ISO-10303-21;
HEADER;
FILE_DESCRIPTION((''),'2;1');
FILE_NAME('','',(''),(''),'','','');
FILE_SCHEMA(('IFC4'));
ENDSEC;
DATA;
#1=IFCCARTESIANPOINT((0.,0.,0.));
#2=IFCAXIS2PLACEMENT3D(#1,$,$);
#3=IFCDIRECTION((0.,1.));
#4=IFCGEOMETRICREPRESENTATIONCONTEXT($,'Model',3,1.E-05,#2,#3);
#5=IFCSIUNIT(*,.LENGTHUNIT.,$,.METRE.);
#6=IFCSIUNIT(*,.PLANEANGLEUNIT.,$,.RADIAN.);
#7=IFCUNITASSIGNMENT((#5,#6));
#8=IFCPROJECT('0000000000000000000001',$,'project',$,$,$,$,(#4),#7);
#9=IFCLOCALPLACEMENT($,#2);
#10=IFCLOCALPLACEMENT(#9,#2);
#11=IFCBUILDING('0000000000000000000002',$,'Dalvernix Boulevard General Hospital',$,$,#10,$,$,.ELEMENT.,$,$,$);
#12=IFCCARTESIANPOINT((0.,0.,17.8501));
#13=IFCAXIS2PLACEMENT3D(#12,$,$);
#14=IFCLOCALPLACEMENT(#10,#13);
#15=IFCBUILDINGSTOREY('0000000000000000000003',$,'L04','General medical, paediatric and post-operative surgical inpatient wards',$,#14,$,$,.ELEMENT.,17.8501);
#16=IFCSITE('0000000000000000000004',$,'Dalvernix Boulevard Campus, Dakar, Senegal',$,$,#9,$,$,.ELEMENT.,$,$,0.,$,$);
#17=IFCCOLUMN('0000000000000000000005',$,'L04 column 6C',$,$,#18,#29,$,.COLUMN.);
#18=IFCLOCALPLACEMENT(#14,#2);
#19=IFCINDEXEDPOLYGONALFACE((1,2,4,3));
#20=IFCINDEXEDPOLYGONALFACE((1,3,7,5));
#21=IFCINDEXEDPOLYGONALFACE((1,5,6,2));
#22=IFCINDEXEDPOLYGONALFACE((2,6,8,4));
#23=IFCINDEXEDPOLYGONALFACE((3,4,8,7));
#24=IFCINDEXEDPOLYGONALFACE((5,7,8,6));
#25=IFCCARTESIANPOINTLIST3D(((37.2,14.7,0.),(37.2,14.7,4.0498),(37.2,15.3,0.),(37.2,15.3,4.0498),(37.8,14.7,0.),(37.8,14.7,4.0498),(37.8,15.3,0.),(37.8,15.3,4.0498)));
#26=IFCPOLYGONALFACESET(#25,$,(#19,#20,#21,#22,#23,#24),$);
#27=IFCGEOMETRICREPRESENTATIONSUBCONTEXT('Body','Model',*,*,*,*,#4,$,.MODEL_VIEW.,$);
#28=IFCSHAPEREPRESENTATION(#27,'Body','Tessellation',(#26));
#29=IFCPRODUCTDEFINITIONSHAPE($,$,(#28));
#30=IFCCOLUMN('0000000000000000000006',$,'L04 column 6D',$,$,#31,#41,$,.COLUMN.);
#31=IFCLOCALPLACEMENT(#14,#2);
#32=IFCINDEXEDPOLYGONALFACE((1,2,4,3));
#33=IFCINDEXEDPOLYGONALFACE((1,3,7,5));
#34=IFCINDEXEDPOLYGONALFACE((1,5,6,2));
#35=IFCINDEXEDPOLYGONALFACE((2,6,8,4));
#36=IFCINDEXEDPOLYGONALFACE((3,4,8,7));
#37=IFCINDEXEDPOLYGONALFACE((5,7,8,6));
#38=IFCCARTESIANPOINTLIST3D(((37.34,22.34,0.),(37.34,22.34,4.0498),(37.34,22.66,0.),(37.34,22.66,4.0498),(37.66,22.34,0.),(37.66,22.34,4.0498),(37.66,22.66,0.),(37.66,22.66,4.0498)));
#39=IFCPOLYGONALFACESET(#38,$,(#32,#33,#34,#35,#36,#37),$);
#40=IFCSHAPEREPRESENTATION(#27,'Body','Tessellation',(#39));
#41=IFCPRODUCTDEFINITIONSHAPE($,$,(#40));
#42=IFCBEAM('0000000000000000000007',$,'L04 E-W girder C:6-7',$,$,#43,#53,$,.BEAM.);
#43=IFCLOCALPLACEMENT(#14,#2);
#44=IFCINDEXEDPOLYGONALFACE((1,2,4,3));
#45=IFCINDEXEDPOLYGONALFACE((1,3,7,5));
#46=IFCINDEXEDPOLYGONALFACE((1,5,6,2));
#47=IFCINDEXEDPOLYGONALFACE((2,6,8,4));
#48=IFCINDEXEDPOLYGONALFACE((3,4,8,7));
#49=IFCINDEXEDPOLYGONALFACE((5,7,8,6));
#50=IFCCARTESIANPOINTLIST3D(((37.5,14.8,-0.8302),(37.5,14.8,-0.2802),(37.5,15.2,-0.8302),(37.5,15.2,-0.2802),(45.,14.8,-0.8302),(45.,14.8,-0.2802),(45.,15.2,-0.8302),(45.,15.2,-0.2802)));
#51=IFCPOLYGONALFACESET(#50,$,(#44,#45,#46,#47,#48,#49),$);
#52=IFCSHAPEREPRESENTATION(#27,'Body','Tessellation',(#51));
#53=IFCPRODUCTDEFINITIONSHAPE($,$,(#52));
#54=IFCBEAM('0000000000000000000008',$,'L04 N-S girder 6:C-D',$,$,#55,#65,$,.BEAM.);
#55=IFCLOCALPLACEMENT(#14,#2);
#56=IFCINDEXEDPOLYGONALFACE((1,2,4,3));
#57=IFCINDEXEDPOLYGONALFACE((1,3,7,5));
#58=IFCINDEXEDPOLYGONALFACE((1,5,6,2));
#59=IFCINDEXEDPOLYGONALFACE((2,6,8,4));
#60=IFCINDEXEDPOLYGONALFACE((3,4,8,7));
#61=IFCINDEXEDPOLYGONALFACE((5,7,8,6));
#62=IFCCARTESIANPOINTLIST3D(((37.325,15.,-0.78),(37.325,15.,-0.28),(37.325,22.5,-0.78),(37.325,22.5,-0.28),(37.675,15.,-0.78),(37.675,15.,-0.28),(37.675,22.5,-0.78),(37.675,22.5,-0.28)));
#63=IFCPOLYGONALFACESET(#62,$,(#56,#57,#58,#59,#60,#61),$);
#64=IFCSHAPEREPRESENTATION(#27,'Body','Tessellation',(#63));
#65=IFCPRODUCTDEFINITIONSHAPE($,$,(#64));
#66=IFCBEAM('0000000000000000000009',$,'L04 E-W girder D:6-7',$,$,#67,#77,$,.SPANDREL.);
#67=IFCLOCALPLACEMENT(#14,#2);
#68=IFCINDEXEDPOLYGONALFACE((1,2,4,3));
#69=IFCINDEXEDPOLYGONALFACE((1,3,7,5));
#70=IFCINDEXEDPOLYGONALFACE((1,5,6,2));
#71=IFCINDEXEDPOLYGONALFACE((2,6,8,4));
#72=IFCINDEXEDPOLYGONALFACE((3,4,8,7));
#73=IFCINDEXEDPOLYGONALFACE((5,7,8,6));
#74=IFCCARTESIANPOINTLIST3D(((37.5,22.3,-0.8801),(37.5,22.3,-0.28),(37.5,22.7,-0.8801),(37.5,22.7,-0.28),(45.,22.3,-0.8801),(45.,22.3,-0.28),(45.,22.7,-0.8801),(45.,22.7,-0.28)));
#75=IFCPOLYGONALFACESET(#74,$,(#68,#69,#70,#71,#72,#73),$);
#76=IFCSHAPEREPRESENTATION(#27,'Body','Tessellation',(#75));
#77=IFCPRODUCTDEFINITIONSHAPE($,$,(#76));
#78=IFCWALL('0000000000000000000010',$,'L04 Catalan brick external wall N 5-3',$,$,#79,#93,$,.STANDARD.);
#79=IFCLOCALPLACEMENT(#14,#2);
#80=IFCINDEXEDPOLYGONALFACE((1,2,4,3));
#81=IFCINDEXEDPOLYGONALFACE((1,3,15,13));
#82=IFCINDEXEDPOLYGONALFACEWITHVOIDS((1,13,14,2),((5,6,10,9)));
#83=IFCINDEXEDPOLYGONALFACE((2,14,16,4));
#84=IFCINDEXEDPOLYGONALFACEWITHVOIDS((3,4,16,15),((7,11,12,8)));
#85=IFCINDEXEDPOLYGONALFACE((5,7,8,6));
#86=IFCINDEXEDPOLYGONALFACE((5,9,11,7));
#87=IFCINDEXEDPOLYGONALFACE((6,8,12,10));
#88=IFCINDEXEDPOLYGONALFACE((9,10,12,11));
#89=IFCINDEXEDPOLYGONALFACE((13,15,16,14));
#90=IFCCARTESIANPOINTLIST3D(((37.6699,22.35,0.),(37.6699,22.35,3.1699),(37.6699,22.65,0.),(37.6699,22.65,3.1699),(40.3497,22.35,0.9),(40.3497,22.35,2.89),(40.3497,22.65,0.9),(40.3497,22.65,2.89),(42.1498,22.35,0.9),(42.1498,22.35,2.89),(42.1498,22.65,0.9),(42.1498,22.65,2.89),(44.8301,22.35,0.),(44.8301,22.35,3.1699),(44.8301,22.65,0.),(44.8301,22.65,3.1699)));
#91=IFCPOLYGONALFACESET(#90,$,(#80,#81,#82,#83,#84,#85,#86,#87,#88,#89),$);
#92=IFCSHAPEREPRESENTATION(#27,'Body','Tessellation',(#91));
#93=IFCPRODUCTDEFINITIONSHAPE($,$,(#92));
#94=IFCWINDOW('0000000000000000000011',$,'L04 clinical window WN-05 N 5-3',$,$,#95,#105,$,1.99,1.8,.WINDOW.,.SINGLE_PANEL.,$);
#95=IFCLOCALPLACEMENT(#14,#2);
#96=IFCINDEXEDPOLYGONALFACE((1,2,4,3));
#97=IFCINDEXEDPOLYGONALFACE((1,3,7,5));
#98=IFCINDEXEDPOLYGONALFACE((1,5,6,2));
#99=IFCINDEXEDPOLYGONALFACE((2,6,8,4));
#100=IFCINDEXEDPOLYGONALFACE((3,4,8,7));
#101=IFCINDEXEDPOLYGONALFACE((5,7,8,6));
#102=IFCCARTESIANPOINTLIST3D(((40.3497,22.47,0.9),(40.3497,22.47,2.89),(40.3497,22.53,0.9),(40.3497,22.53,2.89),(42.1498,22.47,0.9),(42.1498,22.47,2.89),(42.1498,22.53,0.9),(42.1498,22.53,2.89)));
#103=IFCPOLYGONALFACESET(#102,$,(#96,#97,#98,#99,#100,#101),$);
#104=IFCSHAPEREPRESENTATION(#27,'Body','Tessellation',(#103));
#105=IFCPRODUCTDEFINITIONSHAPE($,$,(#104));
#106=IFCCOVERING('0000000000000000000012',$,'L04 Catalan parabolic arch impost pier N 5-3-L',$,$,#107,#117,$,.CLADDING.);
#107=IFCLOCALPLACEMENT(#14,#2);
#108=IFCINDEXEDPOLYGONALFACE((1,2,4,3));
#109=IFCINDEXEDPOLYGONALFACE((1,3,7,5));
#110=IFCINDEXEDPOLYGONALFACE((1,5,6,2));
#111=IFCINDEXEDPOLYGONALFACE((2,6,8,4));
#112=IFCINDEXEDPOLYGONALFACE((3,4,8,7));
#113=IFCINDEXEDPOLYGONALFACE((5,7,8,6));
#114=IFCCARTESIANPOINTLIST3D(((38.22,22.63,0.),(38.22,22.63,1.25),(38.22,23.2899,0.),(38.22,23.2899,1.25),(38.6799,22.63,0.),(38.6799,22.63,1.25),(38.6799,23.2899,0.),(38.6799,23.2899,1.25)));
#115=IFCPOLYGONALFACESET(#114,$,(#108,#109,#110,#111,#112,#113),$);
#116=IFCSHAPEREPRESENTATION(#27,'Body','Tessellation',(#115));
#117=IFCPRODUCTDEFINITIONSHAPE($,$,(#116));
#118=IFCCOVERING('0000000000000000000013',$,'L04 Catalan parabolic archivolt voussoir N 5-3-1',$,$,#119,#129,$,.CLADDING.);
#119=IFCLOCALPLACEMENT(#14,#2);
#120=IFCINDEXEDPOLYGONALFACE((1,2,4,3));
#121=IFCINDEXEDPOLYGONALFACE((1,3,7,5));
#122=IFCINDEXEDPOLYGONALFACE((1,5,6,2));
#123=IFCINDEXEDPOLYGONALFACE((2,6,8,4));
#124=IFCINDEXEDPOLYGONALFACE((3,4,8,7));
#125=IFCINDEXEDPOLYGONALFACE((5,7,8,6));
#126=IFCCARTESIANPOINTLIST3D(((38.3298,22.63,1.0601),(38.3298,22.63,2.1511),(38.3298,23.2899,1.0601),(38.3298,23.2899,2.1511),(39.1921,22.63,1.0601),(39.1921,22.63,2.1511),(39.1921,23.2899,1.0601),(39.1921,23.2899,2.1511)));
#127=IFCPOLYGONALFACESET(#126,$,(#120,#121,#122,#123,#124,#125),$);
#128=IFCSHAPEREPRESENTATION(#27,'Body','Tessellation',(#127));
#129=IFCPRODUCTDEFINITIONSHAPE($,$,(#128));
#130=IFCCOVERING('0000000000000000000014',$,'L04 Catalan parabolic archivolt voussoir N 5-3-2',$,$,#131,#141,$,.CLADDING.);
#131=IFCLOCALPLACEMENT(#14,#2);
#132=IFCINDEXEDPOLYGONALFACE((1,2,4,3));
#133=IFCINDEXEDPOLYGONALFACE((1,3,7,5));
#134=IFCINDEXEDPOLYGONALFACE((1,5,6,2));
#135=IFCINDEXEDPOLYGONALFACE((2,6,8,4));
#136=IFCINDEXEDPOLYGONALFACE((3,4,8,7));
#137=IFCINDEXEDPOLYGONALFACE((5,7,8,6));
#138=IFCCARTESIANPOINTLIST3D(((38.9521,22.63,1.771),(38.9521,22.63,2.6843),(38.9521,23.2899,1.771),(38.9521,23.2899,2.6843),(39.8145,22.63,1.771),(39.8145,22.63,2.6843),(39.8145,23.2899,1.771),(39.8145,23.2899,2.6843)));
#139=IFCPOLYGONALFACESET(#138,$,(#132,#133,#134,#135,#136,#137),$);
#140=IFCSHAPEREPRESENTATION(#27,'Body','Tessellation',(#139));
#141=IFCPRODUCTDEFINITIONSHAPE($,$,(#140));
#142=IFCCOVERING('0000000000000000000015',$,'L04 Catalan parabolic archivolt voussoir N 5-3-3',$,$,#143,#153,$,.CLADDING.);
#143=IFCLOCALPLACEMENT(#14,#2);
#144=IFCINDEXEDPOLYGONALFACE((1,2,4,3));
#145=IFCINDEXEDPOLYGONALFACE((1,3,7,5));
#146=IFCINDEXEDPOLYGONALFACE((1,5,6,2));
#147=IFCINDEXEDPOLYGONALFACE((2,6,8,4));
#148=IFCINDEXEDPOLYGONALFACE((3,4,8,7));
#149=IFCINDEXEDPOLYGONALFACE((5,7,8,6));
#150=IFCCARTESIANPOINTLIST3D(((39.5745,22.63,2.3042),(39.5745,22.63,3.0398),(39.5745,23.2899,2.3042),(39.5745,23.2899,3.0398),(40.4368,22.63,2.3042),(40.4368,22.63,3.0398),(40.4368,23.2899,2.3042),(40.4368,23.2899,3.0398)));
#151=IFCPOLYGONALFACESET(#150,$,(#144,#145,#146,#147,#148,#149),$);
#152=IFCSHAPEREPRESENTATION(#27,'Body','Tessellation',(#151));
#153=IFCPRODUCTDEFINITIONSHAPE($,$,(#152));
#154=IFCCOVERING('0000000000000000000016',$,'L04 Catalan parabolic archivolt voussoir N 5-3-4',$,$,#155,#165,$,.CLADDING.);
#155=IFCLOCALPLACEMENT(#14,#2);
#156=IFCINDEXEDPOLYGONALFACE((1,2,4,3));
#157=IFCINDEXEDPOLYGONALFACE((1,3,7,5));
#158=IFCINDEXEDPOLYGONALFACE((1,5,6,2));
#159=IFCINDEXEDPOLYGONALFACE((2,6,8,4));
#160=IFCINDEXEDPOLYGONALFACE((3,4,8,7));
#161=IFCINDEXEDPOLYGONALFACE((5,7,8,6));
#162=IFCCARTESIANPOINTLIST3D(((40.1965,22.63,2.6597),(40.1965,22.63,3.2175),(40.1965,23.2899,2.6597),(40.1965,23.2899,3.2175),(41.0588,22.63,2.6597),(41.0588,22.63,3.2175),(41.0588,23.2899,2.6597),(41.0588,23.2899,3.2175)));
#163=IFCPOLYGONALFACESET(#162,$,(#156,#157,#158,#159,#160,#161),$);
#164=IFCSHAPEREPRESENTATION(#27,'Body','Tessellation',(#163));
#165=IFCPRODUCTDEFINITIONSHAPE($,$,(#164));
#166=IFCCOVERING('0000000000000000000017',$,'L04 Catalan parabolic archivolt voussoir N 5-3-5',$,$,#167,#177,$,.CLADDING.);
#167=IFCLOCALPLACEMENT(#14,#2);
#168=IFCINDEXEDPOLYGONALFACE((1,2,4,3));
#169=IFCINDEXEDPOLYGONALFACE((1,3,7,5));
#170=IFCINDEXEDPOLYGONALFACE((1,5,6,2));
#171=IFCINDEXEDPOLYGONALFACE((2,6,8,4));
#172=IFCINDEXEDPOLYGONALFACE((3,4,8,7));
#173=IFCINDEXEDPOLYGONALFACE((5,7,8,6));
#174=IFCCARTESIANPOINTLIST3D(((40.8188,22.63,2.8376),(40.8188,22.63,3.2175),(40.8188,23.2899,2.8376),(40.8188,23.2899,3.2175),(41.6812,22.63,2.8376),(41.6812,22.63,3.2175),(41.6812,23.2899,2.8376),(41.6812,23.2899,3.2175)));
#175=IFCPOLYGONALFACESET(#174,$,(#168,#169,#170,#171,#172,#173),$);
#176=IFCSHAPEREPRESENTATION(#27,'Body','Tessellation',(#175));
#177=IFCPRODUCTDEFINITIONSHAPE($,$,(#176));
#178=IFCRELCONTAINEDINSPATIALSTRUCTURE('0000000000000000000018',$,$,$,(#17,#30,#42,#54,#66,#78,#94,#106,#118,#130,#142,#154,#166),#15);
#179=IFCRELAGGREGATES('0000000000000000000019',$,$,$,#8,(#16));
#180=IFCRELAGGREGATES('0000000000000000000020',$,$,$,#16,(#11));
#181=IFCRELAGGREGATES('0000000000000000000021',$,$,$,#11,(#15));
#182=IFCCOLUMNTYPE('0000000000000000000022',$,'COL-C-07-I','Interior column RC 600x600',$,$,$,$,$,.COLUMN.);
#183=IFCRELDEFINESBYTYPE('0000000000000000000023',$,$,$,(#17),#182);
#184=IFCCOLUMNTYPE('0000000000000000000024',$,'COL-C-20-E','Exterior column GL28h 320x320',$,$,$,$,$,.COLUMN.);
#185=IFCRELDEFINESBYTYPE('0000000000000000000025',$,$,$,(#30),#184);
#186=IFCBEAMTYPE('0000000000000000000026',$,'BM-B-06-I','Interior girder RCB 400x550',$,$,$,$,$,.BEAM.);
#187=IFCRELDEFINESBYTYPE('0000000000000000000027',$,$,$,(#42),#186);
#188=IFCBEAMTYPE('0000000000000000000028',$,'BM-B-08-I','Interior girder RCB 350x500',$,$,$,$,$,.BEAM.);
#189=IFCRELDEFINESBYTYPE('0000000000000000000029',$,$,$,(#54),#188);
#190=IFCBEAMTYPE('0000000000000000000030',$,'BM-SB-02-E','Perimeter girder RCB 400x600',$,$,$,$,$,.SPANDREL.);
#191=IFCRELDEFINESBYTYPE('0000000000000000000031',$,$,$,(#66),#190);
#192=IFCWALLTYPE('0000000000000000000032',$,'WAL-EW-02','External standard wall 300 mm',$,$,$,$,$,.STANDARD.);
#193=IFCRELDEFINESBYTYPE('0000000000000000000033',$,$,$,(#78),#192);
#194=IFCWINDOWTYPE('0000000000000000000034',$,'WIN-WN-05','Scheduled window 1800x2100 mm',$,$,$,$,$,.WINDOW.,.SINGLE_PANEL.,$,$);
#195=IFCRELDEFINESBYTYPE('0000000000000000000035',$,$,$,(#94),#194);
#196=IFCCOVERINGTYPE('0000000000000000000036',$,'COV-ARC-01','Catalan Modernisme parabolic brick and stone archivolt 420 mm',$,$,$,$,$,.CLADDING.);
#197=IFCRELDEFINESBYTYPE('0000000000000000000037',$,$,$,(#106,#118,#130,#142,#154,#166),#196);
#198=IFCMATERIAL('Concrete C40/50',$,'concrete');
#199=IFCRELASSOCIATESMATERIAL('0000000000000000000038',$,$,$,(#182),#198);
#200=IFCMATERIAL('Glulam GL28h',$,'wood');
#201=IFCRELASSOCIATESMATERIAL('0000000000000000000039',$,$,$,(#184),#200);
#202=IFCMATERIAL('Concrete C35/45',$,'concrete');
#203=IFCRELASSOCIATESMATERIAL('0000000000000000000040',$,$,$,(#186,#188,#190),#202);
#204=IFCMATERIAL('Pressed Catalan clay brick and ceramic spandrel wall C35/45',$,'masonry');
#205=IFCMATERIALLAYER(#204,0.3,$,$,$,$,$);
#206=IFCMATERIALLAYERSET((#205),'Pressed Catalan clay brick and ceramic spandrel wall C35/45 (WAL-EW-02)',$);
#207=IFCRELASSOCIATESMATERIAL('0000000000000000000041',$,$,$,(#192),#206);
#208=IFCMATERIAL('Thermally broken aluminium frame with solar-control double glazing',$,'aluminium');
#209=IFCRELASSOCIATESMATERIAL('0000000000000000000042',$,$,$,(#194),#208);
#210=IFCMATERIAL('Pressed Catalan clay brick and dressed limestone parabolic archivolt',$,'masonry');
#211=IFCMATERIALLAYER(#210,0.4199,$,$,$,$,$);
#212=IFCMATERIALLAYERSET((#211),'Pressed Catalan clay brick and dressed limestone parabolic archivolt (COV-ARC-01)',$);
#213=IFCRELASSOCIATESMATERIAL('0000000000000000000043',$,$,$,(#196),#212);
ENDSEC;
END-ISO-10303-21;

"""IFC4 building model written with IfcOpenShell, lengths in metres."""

from ifc_helpers import new_model, si_unit, direction, frame, frame_2d, origin, origin_2d, place, context, subcontext, project, spatial, rectangle, extrude, material, layer, layer_set, material_profile, profile_set, type_object, element, fill, save


model = new_model("IFC4")

# Units and contexts
model_context = context("Model", 3, precision=1e-05, world=origin(), true_north=direction((0.0, 1.0)))
body_context = subcontext(model_context, "Body", "Model", "MODEL_VIEW")
ifc_project = project(units=[si_unit("LENGTHUNIT", "METRE"), si_unit("PLANEANGLEUNIT", "RADIAN")], contexts=[model_context])

# Site, building, storey
site_placement = place(None, origin())
site = spatial("IfcSite", under=ifc_project, at=site_placement, Name="Dalvernix Boulevard Campus, Dakar, Senegal", CompositionType="ELEMENT", RefElevation=0.0)
building_placement = place(site_placement, origin())
building = spatial("IfcBuilding", under=site, at=building_placement, Name="Dalvernix Boulevard General Hospital", CompositionType="ELEMENT")
storey_placement = place(building_placement, frame((0.0, 0.0, 17.8501)))
storey = spatial("IfcBuildingStorey", under=building, at=storey_placement, Name="L04", Description="General medical, paediatric and post-operative surgical inpatient wards", CompositionType="ELEMENT", Elevation=17.8501)

# Columns
ifc_material_1 = material(Name="Concrete C40/50", Category="concrete")
ifc_material_profile_1 = material_profile(ifc_material_1, rectangle(XDim=0.6001, YDim=0.6001, at=origin_2d()), Name="RC 600x600")
ifc_profile_set_1 = profile_set([ifc_material_profile_1], Name="Concrete C40/50")
column_type_1 = type_object("IfcColumnType", Name="COL-C-07-I", Description="Interior column RC 600x600", PredefinedType="COLUMN", material=ifc_profile_set_1)
column_1_placement = place(storey_placement, frame((37.5, 15.0, 0.0), z_axis=(0.0, 0.0, 1.0), x_axis=(1.0, 0.0, 0.0)))
element("IfcColumn", 1, at=column_1_placement, inside=storey, type_object=column_type_1, Name="L04 column 6C", PredefinedType="COLUMN", context=body_context, shape_type="SweptSolid", body=[
    extrude(rectangle(XDim=0.6001, YDim=0.6001, at=origin_2d()), origin(), (0.0, 0.0, 1.0), 4.0498),
])
ifc_material_2 = material(Name="Glulam GL28h", Category="wood")
ifc_material_profile_2 = material_profile(ifc_material_2, rectangle(XDim=0.3201, YDim=0.3201, at=origin_2d()), Name="GL28h 320x320")
ifc_profile_set_2 = profile_set([ifc_material_profile_2], Name="Glulam GL28h")
column_type_2 = type_object("IfcColumnType", Name="COL-C-20-E", Description="Exterior column GL28h 320x320", PredefinedType="COLUMN", material=ifc_profile_set_2)
column_2_placement = place(storey_placement, frame((37.5, 22.5, 0.0), z_axis=(0.0, 0.0, 1.0), x_axis=(1.0, 0.0, 0.0)))
element("IfcColumn", 2, at=column_2_placement, inside=storey, type_object=column_type_2, Name="L04 column 6D", PredefinedType="COLUMN", context=body_context, shape_type="SweptSolid", body=[
    extrude(rectangle(XDim=0.3201, YDim=0.3201, at=origin_2d()), origin(), (0.0, 0.0, 1.0), 4.0498),
])

# Beams
ifc_material_3 = material(Name="Concrete C35/45", Category="concrete")
ifc_material_profile_3 = material_profile(ifc_material_3, rectangle(XDim=0.3999, YDim=0.55, at=origin_2d()), Name="RCB 400x550")
ifc_profile_set_3 = profile_set([ifc_material_profile_3], Name="Concrete C35/45")
beam_type_1 = type_object("IfcBeamType", Name="BM-B-06-I", Description="Interior girder RCB 400x550", PredefinedType="BEAM", material=ifc_profile_set_3)
beam_1_placement = place(storey_placement, frame((37.5, 15.0, -0.5552), z_axis=(1.0, 0.0, 0.0), x_axis=(0.0, 1.0, 0.0)))
element("IfcBeam", 3, at=beam_1_placement, inside=storey, type_object=beam_type_1, Name="L04 E-W girder C:6-7", PredefinedType="BEAM", context=body_context, shape_type="SweptSolid", body=[
    extrude(rectangle(XDim=0.3999, YDim=0.55, at=origin_2d()), origin(), (0.0, 0.0, 1.0), 7.5),
])
ifc_material_profile_4 = material_profile(ifc_material_3, rectangle(XDim=0.3501, YDim=0.5, at=origin_2d()), Name="RCB 350x500")
ifc_profile_set_4 = profile_set([ifc_material_profile_4], Name="Concrete C35/45")
beam_type_2 = type_object("IfcBeamType", Name="BM-B-08-I", Description="Interior girder RCB 350x500", PredefinedType="BEAM", material=ifc_profile_set_4)
beam_2_placement = place(storey_placement, frame((37.5, 15.0, -0.53), z_axis=(0.0, 1.0, 0.0), x_axis=(-1.0, 0.0, 0.0)))
element("IfcBeam", 4, at=beam_2_placement, inside=storey, type_object=beam_type_2, Name="L04 N-S girder 6:C-D", PredefinedType="BEAM", context=body_context, shape_type="SweptSolid", body=[
    extrude(rectangle(XDim=0.3501, YDim=0.5, at=origin_2d()), origin(), (0.0, 0.0, 1.0), 7.5),
])
ifc_material_profile_5 = material_profile(ifc_material_3, rectangle(XDim=0.3999, YDim=0.6001, at=origin_2d()), Name="RCB 400x600")
ifc_profile_set_5 = profile_set([ifc_material_profile_5], Name="Concrete C35/45")
beam_type_3 = type_object("IfcBeamType", Name="BM-SB-02-E", Description="Perimeter girder RCB 400x600", PredefinedType="SPANDREL", material=ifc_profile_set_5)
beam_3_placement = place(storey_placement, frame((37.5, 22.5, -0.5801), z_axis=(1.0, 0.0, 0.0), x_axis=(0.0, 1.0, 0.0)))
element("IfcBeam", 5, at=beam_3_placement, inside=storey, type_object=beam_type_3, Name="L04 E-W girder D:6-7", PredefinedType="SPANDREL", context=body_context, shape_type="SweptSolid", body=[
    extrude(rectangle(XDim=0.3999, YDim=0.6001, at=origin_2d()), origin(), (0.0, 0.0, 1.0), 7.5),
])

# Wall, opening, window
ifc_material_4 = material(Name="Pressed Catalan clay brick and ceramic spandrel wall C35/45", Category="masonry")
ifc_layer_1 = layer(ifc_material_4, 0.3)
ifc_layer_set_1 = layer_set([ifc_layer_1], Name="Pressed Catalan clay brick and ceramic spandrel wall C35/45 (WAL-EW-02)")
wall_type = type_object("IfcWallType", Name="WAL-EW-02", Description="External standard wall 300 mm", PredefinedType="STANDARD", material=ifc_layer_set_1)
wall_placement = place(storey_placement, frame((37.6699, 22.5, 0.0), z_axis=(0.0, 0.0, 1.0), x_axis=(1.0, 0.0, 0.0)))
wall = element("IfcWall", 6, at=wall_placement, inside=storey, type_object=wall_type, Name="L04 Catalan brick external wall N 5-3", PredefinedType="STANDARD", context=body_context, shape_type="SweptSolid", body=[
    extrude(rectangle(XDim=7.1602, YDim=0.3, at=frame_2d((3.5801, 0.0))), origin(), (0.0, 0.0, 1.0), 3.1699),
])
opening_placement = place(wall_placement, frame((2.6799, 0.0, 0.8999)))
opening = element("IfcOpeningElement", 7, at=opening_placement, cuts=wall, PredefinedType="OPENING", context=body_context, shape_type="SweptSolid", body=[
    extrude(rectangle(XDim=1.8, YDim=1.99, at=frame_2d((0.8999, 0.9951))), frame((0.0, 0.1599, 0.0), z_axis=(0.0, -1.0, 0.0), x_axis=(1.0, 0.0, 0.0)), (0.0, 0.0, 1.0), 0.3201),
])
ifc_material_5 = material(Name="Thermally broken aluminium frame with solar-control double glazing", Category="aluminium")
window_type = type_object("IfcWindowType", Name="WIN-WN-05", Description="Scheduled window 1800x2100 mm", PartitioningType="SINGLE_PANEL", PredefinedType="WINDOW", material=ifc_material_5)
window_placement = place(opening_placement, origin())
window = element("IfcWindow", 8, at=window_placement, inside=storey, type_object=window_type, Name="L04 clinical window WN-05 N 5-3", OverallHeight=1.99, OverallWidth=1.8, PartitioningType="SINGLE_PANEL", PredefinedType="WINDOW", context=body_context, shape_type="SweptSolid", body=[
    extrude(rectangle(XDim=1.8, YDim=1.99, at=frame_2d((0.8999, 0.9951))), frame((0.0, 0.03, 0.0), z_axis=(0.0, -1.0, 0.0), x_axis=(1.0, 0.0, 0.0)), (0.0, 0.0, 1.0), 0.0601),
])
fill(opening, window)

# Coverings
ifc_material_6 = material(Name="Pressed Catalan clay brick and dressed limestone parabolic archivolt", Category="masonry")
ifc_layer_2 = layer(ifc_material_6, 0.4199)
ifc_layer_set_2 = layer_set([ifc_layer_2], Name="Pressed Catalan clay brick and dressed limestone parabolic archivolt (COV-ARC-01)")
covering_type_1 = type_object("IfcCoveringType", Name="COV-ARC-01", Description="Catalan Modernisme parabolic brick and stone archivolt 420 mm", PredefinedType="CLADDING", material=ifc_layer_set_2)
covering_1_placement = place(storey_placement, frame((38.45, 22.96, 0.0), z_axis=(0.0, 0.0, 1.0), x_axis=(1.0, 0.0, 0.0)))
element("IfcCovering", 9, at=covering_1_placement, inside=storey, type_object=covering_type_1, Name="L04 Catalan parabolic arch impost pier N 5-3-L", PredefinedType="CLADDING", context=body_context, shape_type="SweptSolid", body=[
    extrude(rectangle(XDim=0.46, YDim=0.6599, at=origin_2d()), origin(), (0.0, 0.0, 1.0), 1.25),
])
covering_2_placement = place(storey_placement, frame((38.761, 22.96, 1.0601), z_axis=(0.0, 0.0, 1.0), x_axis=(1.0, 0.0, 0.0)))
element("IfcCovering", 10, at=covering_2_placement, inside=storey, type_object=covering_type_1, Name="L04 Catalan parabolic archivolt voussoir N 5-3-1", PredefinedType="CLADDING", context=body_context, shape_type="SweptSolid", body=[
    extrude(rectangle(XDim=0.8623, YDim=0.6599, at=origin_2d()), origin(), (0.0, 0.0, 1.0), 1.0911),
])
covering_3_placement = place(storey_placement, frame((39.3833, 22.96, 1.771), z_axis=(0.0, 0.0, 1.0), x_axis=(1.0, 0.0, 0.0)))
element("IfcCovering", 11, at=covering_3_placement, inside=storey, type_object=covering_type_1, Name="L04 Catalan parabolic archivolt voussoir N 5-3-2", PredefinedType="CLADDING", context=body_context, shape_type="SweptSolid", body=[
    extrude(rectangle(XDim=0.8623, YDim=0.6599, at=origin_2d()), origin(), (0.0, 0.0, 1.0), 0.9133),
])
covering_4_placement = place(storey_placement, frame((40.0056, 22.96, 2.3042), z_axis=(0.0, 0.0, 1.0), x_axis=(1.0, 0.0, 0.0)))
element("IfcCovering", 12, at=covering_4_placement, inside=storey, type_object=covering_type_1, Name="L04 Catalan parabolic archivolt voussoir N 5-3-3", PredefinedType="CLADDING", context=body_context, shape_type="SweptSolid", body=[
    extrude(rectangle(XDim=0.8623, YDim=0.6599, at=origin_2d()), origin(), (0.0, 0.0, 1.0), 0.7356),
])
covering_5_placement = place(storey_placement, frame((40.6277, 22.96, 2.6597), z_axis=(0.0, 0.0, 1.0), x_axis=(1.0, 0.0, 0.0)))
element("IfcCovering", 13, at=covering_5_placement, inside=storey, type_object=covering_type_1, Name="L04 Catalan parabolic archivolt voussoir N 5-3-4", PredefinedType="CLADDING", context=body_context, shape_type="SweptSolid", body=[
    extrude(rectangle(XDim=0.8623, YDim=0.6599, at=origin_2d()), origin(), (0.0, 0.0, 1.0), 0.5579),
])
covering_6_placement = place(storey_placement, frame((41.25, 22.96, 2.8376), z_axis=(0.0, 0.0, 1.0), x_axis=(1.0, 0.0, 0.0)))
element("IfcCovering", 14, at=covering_6_placement, inside=storey, type_object=covering_type_1, Name="L04 Catalan parabolic archivolt voussoir N 5-3-5", PredefinedType="CLADDING", context=body_context, shape_type="SweptSolid", body=[
    extrude(rectangle(XDim=0.8623, YDim=0.6599, at=origin_2d()), origin(), (0.0, 0.0, 1.0), 0.3799),
])

save(model, "model.ifc")
